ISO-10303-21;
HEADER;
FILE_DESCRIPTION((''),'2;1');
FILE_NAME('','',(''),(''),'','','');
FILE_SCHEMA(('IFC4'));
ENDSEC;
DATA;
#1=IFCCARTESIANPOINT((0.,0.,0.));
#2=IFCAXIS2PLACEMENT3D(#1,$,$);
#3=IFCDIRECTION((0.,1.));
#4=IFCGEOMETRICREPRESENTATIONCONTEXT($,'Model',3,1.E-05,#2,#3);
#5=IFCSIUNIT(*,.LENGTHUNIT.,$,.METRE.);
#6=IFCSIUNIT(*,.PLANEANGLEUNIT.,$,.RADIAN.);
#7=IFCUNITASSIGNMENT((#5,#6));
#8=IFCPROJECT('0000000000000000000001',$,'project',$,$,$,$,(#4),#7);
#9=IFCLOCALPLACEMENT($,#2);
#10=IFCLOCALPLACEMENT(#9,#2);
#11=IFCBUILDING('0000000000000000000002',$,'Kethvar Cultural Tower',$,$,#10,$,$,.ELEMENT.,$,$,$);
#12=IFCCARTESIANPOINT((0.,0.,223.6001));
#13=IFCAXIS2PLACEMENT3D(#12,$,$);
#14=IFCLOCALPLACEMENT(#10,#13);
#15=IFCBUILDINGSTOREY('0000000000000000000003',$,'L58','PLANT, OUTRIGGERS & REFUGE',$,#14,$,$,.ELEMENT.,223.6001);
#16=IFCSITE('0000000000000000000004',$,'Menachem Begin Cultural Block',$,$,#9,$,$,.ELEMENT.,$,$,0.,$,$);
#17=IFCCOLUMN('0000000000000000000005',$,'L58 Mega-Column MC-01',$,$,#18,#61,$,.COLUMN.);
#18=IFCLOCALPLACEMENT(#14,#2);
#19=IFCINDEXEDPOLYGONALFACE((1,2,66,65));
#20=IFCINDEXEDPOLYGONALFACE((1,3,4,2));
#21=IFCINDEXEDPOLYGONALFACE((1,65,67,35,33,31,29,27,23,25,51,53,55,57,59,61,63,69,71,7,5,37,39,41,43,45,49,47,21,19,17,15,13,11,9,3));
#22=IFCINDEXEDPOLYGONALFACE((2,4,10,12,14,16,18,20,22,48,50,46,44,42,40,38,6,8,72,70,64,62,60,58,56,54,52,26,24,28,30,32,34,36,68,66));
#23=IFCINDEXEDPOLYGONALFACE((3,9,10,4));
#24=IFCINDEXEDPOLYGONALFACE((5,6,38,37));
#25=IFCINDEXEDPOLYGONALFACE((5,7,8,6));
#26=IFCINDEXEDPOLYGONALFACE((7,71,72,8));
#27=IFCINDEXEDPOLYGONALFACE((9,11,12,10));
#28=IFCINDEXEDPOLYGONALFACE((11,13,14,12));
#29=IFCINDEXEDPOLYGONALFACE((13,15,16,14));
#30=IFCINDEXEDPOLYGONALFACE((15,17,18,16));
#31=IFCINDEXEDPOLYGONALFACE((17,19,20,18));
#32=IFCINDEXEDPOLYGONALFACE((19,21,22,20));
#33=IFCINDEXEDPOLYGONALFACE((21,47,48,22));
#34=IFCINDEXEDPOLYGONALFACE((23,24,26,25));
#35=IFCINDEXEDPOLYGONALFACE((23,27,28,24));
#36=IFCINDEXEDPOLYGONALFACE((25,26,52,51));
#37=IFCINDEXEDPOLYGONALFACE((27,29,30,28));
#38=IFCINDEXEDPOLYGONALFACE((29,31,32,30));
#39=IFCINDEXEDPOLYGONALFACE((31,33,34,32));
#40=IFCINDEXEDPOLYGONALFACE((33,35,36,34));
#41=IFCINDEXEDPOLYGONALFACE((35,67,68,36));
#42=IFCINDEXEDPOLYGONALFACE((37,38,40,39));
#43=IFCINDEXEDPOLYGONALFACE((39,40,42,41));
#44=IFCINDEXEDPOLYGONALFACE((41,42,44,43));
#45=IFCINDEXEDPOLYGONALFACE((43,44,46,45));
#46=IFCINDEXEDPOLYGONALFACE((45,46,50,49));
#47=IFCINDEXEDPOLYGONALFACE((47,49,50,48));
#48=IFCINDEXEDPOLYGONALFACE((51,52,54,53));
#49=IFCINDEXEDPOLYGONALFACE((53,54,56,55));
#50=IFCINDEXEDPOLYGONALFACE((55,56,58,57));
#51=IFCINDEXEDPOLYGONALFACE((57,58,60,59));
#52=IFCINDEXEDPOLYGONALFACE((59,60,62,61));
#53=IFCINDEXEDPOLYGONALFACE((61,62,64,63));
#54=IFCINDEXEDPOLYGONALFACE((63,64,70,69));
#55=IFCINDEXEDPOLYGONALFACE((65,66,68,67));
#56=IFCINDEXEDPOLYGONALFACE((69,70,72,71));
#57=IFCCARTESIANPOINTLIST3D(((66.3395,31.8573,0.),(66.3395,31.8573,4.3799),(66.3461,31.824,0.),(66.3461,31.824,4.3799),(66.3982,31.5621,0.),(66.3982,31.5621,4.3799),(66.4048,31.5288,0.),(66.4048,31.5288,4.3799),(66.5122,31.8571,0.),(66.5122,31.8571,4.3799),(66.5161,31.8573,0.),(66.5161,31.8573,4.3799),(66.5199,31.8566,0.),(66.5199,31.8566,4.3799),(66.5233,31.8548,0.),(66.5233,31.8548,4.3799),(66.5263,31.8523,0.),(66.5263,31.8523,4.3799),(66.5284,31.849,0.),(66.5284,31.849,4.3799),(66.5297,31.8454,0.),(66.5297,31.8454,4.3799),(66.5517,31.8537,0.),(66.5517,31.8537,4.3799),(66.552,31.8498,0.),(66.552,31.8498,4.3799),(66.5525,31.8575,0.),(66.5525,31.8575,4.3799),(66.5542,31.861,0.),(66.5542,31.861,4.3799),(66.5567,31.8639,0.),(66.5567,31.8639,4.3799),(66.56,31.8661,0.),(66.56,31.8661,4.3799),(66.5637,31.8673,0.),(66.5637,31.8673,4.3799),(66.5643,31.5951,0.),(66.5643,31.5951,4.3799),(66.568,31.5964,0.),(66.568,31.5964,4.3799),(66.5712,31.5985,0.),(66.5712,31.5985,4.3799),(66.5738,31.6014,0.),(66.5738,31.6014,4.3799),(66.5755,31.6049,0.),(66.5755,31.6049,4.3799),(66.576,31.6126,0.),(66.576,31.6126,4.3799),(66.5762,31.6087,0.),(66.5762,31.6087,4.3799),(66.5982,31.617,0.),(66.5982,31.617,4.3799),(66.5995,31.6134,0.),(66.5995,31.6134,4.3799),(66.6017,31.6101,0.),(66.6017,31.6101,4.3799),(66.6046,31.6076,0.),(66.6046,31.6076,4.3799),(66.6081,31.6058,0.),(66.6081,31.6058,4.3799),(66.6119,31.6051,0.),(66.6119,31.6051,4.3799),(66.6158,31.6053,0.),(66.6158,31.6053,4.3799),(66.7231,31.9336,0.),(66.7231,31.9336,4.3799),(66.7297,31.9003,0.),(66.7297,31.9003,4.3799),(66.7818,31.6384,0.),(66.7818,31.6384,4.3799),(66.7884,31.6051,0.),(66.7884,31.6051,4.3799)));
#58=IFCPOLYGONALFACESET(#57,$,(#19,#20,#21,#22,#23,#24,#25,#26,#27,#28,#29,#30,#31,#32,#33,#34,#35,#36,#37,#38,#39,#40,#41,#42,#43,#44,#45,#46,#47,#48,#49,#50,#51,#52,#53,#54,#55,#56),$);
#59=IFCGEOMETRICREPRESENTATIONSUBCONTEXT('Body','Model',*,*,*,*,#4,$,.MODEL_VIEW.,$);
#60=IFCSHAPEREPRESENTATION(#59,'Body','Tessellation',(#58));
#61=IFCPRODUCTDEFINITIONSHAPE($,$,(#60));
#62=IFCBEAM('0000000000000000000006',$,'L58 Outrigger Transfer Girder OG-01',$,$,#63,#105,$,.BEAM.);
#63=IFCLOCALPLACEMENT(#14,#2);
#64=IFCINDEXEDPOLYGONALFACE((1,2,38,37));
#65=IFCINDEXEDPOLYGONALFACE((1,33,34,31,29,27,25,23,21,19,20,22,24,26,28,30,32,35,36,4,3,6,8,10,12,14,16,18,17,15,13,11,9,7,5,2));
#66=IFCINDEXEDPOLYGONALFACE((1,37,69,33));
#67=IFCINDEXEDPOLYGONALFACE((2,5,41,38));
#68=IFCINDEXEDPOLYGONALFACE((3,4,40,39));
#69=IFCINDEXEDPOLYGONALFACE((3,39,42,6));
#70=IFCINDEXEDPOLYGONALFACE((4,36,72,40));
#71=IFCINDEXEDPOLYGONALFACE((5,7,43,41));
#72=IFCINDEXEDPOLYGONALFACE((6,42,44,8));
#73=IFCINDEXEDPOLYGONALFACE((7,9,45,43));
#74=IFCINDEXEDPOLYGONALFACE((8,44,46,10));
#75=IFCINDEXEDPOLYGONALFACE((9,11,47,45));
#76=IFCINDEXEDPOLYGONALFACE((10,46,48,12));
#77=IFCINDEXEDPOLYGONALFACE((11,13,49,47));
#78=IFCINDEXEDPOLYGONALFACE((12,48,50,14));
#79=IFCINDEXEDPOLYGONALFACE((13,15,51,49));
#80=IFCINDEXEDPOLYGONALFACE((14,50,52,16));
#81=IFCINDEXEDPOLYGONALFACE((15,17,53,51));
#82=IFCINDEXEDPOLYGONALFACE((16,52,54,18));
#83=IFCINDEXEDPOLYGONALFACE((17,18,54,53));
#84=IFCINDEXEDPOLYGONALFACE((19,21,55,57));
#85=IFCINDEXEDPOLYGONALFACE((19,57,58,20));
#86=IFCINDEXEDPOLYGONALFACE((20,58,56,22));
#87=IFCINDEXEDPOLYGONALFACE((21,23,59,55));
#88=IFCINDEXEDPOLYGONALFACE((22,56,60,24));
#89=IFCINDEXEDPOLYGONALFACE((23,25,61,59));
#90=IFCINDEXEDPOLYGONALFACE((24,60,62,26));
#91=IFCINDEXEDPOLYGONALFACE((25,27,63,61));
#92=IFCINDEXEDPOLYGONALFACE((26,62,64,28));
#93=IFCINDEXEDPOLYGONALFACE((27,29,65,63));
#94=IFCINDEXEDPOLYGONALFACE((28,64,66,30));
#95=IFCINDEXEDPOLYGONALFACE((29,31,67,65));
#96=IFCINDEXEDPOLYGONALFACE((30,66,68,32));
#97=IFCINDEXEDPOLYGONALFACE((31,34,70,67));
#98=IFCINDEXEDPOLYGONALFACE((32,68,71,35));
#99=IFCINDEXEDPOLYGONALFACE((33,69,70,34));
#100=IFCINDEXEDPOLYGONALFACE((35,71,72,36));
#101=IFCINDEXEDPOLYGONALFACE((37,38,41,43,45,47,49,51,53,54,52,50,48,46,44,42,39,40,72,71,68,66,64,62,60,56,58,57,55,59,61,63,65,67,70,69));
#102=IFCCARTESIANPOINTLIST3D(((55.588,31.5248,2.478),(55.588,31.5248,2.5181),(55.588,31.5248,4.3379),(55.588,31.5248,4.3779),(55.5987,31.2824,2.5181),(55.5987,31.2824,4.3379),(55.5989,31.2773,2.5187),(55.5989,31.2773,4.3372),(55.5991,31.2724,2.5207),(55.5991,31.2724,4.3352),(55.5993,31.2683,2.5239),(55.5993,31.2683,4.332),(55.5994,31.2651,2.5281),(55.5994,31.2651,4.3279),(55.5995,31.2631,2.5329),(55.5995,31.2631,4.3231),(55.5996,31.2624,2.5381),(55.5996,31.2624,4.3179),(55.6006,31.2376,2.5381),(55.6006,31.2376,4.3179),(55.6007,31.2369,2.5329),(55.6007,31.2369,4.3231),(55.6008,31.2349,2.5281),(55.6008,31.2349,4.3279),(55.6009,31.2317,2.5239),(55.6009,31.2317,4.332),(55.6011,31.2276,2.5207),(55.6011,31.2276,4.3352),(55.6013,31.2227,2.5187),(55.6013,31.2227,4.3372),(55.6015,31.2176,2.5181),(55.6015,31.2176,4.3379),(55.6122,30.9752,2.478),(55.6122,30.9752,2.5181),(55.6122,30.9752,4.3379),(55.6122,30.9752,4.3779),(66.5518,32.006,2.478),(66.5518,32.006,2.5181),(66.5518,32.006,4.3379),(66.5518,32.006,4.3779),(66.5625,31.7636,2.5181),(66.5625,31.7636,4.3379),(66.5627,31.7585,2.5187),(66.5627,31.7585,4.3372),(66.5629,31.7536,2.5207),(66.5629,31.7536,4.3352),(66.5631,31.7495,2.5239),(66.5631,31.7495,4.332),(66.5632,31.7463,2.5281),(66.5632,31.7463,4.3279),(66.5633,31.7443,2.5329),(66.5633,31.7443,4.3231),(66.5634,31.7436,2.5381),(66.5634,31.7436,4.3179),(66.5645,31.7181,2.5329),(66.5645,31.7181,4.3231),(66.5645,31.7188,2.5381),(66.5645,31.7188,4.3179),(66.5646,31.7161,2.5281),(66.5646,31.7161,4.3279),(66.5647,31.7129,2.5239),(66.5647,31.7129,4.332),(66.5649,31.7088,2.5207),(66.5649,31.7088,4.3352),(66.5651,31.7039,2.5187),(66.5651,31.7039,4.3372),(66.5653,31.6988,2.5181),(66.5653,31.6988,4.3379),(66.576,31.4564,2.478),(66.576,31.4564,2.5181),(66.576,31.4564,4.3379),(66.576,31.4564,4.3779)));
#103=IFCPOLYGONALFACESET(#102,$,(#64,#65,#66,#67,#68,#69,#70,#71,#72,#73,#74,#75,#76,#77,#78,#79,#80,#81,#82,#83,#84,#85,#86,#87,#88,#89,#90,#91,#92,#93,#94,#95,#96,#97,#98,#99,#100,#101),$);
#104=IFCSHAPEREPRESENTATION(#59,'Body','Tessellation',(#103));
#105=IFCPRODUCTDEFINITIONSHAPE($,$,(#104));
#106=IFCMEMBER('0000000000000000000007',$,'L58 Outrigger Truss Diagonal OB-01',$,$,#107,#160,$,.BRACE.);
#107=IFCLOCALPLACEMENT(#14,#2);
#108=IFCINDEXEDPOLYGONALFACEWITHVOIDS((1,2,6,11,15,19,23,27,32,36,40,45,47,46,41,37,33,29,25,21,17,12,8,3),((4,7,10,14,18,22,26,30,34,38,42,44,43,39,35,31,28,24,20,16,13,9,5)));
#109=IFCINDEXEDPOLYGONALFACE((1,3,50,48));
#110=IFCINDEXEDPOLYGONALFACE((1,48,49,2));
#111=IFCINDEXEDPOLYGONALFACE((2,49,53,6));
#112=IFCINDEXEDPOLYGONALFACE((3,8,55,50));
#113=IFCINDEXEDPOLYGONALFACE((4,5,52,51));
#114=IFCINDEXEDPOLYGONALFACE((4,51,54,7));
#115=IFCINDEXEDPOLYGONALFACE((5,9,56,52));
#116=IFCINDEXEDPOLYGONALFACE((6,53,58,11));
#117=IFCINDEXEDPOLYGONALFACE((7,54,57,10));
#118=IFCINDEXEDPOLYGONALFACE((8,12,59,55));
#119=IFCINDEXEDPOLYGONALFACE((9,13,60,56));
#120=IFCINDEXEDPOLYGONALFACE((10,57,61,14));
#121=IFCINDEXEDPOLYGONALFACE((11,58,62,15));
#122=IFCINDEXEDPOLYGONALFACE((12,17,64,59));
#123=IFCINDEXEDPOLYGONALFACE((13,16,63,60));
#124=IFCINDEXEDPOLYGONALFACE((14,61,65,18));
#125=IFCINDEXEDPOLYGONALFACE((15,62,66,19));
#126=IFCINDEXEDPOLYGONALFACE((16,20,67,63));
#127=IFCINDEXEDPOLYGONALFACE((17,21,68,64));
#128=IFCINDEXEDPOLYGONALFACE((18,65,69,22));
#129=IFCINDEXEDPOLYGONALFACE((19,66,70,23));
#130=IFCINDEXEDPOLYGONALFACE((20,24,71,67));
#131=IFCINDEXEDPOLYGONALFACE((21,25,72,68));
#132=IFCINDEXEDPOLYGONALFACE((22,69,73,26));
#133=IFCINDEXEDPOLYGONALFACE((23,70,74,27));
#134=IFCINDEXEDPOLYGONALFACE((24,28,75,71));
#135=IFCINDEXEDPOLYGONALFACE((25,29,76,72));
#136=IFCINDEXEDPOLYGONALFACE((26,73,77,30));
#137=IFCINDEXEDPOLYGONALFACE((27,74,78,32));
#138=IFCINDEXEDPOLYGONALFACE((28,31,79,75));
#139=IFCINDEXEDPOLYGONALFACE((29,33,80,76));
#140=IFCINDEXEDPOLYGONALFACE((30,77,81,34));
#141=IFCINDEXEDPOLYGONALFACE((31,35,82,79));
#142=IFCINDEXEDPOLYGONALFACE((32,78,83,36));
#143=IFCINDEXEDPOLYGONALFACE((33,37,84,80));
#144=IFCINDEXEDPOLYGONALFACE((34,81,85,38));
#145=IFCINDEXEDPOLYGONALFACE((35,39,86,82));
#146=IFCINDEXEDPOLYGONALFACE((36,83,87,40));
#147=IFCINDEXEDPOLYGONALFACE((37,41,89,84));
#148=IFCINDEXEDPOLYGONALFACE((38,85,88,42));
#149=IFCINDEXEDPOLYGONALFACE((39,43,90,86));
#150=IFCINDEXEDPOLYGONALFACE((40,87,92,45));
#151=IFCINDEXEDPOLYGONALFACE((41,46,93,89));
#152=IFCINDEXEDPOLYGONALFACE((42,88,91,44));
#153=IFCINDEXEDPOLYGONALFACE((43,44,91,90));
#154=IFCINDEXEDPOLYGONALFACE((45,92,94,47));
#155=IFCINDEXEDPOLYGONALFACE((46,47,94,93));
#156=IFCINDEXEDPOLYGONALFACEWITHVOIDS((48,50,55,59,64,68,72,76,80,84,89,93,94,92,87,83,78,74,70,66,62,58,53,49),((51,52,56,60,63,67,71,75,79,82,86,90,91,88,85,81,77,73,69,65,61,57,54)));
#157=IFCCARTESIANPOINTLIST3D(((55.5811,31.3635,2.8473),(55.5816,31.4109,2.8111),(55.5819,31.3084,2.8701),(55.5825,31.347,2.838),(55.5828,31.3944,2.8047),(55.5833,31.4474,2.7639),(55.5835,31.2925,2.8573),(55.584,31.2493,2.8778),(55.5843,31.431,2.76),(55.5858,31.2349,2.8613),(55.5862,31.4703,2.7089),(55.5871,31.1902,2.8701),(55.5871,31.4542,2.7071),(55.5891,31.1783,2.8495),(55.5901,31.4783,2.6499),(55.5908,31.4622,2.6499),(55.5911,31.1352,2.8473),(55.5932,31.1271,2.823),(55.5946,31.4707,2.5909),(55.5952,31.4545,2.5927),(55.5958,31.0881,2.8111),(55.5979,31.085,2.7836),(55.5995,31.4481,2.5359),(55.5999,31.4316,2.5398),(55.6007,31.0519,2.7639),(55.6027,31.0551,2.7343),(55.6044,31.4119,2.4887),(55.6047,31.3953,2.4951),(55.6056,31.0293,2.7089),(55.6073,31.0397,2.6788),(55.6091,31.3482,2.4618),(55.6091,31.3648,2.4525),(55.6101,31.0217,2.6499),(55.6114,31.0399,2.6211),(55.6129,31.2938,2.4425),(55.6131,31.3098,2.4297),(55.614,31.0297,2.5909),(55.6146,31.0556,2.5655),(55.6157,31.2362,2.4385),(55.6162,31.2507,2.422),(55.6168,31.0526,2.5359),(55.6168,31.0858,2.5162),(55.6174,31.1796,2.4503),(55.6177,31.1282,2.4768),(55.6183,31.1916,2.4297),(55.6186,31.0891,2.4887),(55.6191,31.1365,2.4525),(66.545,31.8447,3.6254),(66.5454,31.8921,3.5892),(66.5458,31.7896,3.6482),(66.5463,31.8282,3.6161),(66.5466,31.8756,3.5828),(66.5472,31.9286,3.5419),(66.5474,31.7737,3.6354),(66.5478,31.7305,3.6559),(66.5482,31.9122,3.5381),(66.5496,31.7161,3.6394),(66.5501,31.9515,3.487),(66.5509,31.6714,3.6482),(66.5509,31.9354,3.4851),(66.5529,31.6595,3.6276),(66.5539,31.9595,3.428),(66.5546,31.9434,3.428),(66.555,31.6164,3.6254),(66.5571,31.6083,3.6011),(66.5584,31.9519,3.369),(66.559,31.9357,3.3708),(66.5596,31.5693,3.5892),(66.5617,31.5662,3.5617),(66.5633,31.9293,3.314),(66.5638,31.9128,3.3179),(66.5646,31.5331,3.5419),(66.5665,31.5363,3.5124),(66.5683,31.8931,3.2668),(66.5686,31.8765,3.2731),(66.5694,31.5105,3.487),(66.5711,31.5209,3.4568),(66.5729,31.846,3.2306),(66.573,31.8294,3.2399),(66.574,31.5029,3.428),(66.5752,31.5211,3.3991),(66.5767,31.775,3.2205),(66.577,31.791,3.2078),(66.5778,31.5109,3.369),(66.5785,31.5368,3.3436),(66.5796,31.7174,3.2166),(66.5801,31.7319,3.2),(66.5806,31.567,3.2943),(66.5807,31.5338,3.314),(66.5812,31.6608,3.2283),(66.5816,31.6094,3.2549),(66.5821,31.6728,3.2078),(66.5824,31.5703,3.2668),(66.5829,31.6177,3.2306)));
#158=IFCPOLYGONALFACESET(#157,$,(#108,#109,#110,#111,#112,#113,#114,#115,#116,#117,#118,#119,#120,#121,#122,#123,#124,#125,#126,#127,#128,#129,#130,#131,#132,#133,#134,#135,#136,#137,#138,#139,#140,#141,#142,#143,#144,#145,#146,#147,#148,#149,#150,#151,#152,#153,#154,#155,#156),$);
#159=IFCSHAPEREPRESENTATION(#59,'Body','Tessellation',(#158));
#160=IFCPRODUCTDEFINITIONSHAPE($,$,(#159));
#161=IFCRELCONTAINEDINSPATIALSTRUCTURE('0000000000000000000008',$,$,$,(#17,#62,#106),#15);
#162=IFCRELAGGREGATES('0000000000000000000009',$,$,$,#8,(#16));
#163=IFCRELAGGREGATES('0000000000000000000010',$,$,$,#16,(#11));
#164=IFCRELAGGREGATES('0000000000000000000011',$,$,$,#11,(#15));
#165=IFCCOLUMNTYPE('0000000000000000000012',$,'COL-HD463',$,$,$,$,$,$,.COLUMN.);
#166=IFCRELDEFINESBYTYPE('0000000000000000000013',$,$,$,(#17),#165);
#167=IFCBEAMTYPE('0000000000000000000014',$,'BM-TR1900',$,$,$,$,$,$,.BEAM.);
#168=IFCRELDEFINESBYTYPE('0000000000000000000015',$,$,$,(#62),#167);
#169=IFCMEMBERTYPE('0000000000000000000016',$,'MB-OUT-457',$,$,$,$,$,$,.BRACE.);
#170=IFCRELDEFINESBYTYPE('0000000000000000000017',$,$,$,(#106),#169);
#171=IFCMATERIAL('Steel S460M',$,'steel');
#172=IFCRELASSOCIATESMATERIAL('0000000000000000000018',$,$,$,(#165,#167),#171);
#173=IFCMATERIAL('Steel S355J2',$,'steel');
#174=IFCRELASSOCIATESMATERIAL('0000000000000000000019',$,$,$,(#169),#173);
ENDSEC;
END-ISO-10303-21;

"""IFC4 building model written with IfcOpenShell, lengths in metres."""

from ifc_helpers import new_model, si_unit, direction, frame, origin, origin_2d, place, context, subcontext, project, spatial, hollow_circle, i_section, extrude, source, transform, mapped, material, material_profile, profile_set, type_object, element, save


model = new_model("IFC4")

# Units and contexts
model_context = context("Model", 3, precision=1e-05, world=origin(), true_north=direction((0.0, 1.0)))
body_context = subcontext(model_context, "Body", "Model", "MODEL_VIEW")
ifc_project = project(units=[si_unit("LENGTHUNIT", "METRE"), si_unit("PLANEANGLEUNIT", "RADIAN")], contexts=[model_context])

# Site, building, storey
site_placement = place(None, origin())
site = spatial("IfcSite", under=ifc_project, at=site_placement, Name="Menachem Begin Cultural Block", CompositionType="ELEMENT", RefElevation=0.0)
building_placement = place(site_placement, origin())
building = spatial("IfcBuilding", under=site, at=building_placement, Name="Kethvar Cultural Tower", CompositionType="ELEMENT")
storey_placement = place(building_placement, frame((0.0, 0.0, 223.6001)))
storey = spatial("IfcBuildingStorey", under=building, at=storey_placement, Name="L58", Description="PLANT, OUTRIGGERS & REFUGE", CompositionType="ELEMENT", Elevation=223.6001)

# Column
ifc_material_1 = material(Name="Steel S460M", Category="steel")
ifc_material_profile_1 = material_profile(ifc_material_1, i_section(OverallWidth=0.3911, OverallDepth=0.335, WebThickness=0.0227, FlangeThickness=0.0339, FilletRadius=0.0149, at=origin_2d()), Name="Steel S460M — HD400x463")
ifc_profile_set_1 = profile_set([ifc_material_profile_1], Name="Steel S460M — HD400x463")
column_type = type_object("IfcColumnType", Name="COL-HD463", PredefinedType="COLUMN", material=ifc_profile_set_1)
shared_shape_1 = source(origin(), body_context, "Body", "SweptSolid", [
    extrude(i_section(OverallWidth=0.3911, OverallDepth=0.335, WebThickness=0.0227, FlangeThickness=0.0339, FilletRadius=0.0149, at=origin_2d()), origin(), (0.0, 0.0, 1.0), 4.3799),
])
column_placement = place(storey_placement, frame((66.564, 31.7312, 0.0), z_axis=(0.0, 0.0, 1.0), x_axis=(0.980785, 0.19509, 0.0)))
element("IfcColumn", 1, at=column_placement, inside=storey, type_object=column_type, Name="L58 Mega-Column MC-01", PredefinedType="COLUMN", context=body_context, shape_type="MappedRepresentation", body=[
    mapped(shared_shape_1, transform((0.0, 0.0, 0.0), scale=1.0)),
])

# Beam
ifc_material_profile_2 = material_profile(ifc_material_1, i_section(OverallWidth=0.55, OverallDepth=1.8999, WebThickness=0.0249, FlangeThickness=0.04, FilletRadius=0.02, at=origin_2d()), Name="Steel S460M — PG1900x550x40x25")
ifc_profile_set_2 = profile_set([ifc_material_profile_2], Name="Steel S460M — PG1900x550x40x25")
beam_type = type_object("IfcBeamType", Name="BM-TR1900", PredefinedType="BEAM", material=ifc_profile_set_2)
shared_shape_2 = source(origin(), body_context, "Body", "SweptSolid", [
    extrude(i_section(OverallWidth=0.55, OverallDepth=1.8999, WebThickness=0.0249, FlangeThickness=0.04, FilletRadius=0.02, at=origin_2d()), origin(), (0.0, 0.0, 1.0), 10.9744),
])
beam_1_placement = place(storey_placement, frame((55.6001, 31.25, 3.428), z_axis=(0.999038, 0.043848, 0.0), x_axis=(-0.043848, 0.999038, 0.0)))
element("IfcBeam", 2, at=beam_1_placement, inside=storey, type_object=beam_type, Name="L58 Outrigger Transfer Girder OG-01", PredefinedType="BEAM", context=body_context, shape_type="MappedRepresentation", body=[
    mapped(shared_shape_2, transform((0.0, 0.0, 0.0), scale=1.0)),
])

# Member
ifc_material_2 = material(Name="Steel S355J2", Category="steel")
ifc_material_profile_3 = material_profile(ifc_material_2, hollow_circle(Radius=0.2285, WallThickness=0.0161, at=origin_2d()), Name="Steel S355J2 — CHS457x16")
ifc_profile_set_3 = profile_set([ifc_material_profile_3], Name="Steel S355J2 — CHS457x16")
member_type_1 = type_object("IfcMemberType", Name="MB-OUT-457", PredefinedType="BRACE", material=ifc_profile_set_3)
shared_shape_3 = source(origin(), body_context, "Body", "SweptSolid", [
    extrude(hollow_circle(Radius=0.2285, WallThickness=0.0161, at=origin_2d()), origin(), (0.0, 0.0, 1.0), 11.002),
])
member_1_placement = place(storey_placement, frame((55.6001, 31.25, 2.6499), z_axis=(0.996537, 0.043738, 0.070722), x_axis=(-0.043848, 0.999038, 0.0)))
element("IfcMember", 3, at=member_1_placement, inside=storey, type_object=member_type_1, Name="L58 Outrigger Truss Diagonal OB-01", PredefinedType="BRACE", context=body_context, shape_type="MappedRepresentation", body=[
    mapped(shared_shape_3, transform((0.0, 0.0, 0.0), scale=1.0)),
])

save(model, "model.ifc")
